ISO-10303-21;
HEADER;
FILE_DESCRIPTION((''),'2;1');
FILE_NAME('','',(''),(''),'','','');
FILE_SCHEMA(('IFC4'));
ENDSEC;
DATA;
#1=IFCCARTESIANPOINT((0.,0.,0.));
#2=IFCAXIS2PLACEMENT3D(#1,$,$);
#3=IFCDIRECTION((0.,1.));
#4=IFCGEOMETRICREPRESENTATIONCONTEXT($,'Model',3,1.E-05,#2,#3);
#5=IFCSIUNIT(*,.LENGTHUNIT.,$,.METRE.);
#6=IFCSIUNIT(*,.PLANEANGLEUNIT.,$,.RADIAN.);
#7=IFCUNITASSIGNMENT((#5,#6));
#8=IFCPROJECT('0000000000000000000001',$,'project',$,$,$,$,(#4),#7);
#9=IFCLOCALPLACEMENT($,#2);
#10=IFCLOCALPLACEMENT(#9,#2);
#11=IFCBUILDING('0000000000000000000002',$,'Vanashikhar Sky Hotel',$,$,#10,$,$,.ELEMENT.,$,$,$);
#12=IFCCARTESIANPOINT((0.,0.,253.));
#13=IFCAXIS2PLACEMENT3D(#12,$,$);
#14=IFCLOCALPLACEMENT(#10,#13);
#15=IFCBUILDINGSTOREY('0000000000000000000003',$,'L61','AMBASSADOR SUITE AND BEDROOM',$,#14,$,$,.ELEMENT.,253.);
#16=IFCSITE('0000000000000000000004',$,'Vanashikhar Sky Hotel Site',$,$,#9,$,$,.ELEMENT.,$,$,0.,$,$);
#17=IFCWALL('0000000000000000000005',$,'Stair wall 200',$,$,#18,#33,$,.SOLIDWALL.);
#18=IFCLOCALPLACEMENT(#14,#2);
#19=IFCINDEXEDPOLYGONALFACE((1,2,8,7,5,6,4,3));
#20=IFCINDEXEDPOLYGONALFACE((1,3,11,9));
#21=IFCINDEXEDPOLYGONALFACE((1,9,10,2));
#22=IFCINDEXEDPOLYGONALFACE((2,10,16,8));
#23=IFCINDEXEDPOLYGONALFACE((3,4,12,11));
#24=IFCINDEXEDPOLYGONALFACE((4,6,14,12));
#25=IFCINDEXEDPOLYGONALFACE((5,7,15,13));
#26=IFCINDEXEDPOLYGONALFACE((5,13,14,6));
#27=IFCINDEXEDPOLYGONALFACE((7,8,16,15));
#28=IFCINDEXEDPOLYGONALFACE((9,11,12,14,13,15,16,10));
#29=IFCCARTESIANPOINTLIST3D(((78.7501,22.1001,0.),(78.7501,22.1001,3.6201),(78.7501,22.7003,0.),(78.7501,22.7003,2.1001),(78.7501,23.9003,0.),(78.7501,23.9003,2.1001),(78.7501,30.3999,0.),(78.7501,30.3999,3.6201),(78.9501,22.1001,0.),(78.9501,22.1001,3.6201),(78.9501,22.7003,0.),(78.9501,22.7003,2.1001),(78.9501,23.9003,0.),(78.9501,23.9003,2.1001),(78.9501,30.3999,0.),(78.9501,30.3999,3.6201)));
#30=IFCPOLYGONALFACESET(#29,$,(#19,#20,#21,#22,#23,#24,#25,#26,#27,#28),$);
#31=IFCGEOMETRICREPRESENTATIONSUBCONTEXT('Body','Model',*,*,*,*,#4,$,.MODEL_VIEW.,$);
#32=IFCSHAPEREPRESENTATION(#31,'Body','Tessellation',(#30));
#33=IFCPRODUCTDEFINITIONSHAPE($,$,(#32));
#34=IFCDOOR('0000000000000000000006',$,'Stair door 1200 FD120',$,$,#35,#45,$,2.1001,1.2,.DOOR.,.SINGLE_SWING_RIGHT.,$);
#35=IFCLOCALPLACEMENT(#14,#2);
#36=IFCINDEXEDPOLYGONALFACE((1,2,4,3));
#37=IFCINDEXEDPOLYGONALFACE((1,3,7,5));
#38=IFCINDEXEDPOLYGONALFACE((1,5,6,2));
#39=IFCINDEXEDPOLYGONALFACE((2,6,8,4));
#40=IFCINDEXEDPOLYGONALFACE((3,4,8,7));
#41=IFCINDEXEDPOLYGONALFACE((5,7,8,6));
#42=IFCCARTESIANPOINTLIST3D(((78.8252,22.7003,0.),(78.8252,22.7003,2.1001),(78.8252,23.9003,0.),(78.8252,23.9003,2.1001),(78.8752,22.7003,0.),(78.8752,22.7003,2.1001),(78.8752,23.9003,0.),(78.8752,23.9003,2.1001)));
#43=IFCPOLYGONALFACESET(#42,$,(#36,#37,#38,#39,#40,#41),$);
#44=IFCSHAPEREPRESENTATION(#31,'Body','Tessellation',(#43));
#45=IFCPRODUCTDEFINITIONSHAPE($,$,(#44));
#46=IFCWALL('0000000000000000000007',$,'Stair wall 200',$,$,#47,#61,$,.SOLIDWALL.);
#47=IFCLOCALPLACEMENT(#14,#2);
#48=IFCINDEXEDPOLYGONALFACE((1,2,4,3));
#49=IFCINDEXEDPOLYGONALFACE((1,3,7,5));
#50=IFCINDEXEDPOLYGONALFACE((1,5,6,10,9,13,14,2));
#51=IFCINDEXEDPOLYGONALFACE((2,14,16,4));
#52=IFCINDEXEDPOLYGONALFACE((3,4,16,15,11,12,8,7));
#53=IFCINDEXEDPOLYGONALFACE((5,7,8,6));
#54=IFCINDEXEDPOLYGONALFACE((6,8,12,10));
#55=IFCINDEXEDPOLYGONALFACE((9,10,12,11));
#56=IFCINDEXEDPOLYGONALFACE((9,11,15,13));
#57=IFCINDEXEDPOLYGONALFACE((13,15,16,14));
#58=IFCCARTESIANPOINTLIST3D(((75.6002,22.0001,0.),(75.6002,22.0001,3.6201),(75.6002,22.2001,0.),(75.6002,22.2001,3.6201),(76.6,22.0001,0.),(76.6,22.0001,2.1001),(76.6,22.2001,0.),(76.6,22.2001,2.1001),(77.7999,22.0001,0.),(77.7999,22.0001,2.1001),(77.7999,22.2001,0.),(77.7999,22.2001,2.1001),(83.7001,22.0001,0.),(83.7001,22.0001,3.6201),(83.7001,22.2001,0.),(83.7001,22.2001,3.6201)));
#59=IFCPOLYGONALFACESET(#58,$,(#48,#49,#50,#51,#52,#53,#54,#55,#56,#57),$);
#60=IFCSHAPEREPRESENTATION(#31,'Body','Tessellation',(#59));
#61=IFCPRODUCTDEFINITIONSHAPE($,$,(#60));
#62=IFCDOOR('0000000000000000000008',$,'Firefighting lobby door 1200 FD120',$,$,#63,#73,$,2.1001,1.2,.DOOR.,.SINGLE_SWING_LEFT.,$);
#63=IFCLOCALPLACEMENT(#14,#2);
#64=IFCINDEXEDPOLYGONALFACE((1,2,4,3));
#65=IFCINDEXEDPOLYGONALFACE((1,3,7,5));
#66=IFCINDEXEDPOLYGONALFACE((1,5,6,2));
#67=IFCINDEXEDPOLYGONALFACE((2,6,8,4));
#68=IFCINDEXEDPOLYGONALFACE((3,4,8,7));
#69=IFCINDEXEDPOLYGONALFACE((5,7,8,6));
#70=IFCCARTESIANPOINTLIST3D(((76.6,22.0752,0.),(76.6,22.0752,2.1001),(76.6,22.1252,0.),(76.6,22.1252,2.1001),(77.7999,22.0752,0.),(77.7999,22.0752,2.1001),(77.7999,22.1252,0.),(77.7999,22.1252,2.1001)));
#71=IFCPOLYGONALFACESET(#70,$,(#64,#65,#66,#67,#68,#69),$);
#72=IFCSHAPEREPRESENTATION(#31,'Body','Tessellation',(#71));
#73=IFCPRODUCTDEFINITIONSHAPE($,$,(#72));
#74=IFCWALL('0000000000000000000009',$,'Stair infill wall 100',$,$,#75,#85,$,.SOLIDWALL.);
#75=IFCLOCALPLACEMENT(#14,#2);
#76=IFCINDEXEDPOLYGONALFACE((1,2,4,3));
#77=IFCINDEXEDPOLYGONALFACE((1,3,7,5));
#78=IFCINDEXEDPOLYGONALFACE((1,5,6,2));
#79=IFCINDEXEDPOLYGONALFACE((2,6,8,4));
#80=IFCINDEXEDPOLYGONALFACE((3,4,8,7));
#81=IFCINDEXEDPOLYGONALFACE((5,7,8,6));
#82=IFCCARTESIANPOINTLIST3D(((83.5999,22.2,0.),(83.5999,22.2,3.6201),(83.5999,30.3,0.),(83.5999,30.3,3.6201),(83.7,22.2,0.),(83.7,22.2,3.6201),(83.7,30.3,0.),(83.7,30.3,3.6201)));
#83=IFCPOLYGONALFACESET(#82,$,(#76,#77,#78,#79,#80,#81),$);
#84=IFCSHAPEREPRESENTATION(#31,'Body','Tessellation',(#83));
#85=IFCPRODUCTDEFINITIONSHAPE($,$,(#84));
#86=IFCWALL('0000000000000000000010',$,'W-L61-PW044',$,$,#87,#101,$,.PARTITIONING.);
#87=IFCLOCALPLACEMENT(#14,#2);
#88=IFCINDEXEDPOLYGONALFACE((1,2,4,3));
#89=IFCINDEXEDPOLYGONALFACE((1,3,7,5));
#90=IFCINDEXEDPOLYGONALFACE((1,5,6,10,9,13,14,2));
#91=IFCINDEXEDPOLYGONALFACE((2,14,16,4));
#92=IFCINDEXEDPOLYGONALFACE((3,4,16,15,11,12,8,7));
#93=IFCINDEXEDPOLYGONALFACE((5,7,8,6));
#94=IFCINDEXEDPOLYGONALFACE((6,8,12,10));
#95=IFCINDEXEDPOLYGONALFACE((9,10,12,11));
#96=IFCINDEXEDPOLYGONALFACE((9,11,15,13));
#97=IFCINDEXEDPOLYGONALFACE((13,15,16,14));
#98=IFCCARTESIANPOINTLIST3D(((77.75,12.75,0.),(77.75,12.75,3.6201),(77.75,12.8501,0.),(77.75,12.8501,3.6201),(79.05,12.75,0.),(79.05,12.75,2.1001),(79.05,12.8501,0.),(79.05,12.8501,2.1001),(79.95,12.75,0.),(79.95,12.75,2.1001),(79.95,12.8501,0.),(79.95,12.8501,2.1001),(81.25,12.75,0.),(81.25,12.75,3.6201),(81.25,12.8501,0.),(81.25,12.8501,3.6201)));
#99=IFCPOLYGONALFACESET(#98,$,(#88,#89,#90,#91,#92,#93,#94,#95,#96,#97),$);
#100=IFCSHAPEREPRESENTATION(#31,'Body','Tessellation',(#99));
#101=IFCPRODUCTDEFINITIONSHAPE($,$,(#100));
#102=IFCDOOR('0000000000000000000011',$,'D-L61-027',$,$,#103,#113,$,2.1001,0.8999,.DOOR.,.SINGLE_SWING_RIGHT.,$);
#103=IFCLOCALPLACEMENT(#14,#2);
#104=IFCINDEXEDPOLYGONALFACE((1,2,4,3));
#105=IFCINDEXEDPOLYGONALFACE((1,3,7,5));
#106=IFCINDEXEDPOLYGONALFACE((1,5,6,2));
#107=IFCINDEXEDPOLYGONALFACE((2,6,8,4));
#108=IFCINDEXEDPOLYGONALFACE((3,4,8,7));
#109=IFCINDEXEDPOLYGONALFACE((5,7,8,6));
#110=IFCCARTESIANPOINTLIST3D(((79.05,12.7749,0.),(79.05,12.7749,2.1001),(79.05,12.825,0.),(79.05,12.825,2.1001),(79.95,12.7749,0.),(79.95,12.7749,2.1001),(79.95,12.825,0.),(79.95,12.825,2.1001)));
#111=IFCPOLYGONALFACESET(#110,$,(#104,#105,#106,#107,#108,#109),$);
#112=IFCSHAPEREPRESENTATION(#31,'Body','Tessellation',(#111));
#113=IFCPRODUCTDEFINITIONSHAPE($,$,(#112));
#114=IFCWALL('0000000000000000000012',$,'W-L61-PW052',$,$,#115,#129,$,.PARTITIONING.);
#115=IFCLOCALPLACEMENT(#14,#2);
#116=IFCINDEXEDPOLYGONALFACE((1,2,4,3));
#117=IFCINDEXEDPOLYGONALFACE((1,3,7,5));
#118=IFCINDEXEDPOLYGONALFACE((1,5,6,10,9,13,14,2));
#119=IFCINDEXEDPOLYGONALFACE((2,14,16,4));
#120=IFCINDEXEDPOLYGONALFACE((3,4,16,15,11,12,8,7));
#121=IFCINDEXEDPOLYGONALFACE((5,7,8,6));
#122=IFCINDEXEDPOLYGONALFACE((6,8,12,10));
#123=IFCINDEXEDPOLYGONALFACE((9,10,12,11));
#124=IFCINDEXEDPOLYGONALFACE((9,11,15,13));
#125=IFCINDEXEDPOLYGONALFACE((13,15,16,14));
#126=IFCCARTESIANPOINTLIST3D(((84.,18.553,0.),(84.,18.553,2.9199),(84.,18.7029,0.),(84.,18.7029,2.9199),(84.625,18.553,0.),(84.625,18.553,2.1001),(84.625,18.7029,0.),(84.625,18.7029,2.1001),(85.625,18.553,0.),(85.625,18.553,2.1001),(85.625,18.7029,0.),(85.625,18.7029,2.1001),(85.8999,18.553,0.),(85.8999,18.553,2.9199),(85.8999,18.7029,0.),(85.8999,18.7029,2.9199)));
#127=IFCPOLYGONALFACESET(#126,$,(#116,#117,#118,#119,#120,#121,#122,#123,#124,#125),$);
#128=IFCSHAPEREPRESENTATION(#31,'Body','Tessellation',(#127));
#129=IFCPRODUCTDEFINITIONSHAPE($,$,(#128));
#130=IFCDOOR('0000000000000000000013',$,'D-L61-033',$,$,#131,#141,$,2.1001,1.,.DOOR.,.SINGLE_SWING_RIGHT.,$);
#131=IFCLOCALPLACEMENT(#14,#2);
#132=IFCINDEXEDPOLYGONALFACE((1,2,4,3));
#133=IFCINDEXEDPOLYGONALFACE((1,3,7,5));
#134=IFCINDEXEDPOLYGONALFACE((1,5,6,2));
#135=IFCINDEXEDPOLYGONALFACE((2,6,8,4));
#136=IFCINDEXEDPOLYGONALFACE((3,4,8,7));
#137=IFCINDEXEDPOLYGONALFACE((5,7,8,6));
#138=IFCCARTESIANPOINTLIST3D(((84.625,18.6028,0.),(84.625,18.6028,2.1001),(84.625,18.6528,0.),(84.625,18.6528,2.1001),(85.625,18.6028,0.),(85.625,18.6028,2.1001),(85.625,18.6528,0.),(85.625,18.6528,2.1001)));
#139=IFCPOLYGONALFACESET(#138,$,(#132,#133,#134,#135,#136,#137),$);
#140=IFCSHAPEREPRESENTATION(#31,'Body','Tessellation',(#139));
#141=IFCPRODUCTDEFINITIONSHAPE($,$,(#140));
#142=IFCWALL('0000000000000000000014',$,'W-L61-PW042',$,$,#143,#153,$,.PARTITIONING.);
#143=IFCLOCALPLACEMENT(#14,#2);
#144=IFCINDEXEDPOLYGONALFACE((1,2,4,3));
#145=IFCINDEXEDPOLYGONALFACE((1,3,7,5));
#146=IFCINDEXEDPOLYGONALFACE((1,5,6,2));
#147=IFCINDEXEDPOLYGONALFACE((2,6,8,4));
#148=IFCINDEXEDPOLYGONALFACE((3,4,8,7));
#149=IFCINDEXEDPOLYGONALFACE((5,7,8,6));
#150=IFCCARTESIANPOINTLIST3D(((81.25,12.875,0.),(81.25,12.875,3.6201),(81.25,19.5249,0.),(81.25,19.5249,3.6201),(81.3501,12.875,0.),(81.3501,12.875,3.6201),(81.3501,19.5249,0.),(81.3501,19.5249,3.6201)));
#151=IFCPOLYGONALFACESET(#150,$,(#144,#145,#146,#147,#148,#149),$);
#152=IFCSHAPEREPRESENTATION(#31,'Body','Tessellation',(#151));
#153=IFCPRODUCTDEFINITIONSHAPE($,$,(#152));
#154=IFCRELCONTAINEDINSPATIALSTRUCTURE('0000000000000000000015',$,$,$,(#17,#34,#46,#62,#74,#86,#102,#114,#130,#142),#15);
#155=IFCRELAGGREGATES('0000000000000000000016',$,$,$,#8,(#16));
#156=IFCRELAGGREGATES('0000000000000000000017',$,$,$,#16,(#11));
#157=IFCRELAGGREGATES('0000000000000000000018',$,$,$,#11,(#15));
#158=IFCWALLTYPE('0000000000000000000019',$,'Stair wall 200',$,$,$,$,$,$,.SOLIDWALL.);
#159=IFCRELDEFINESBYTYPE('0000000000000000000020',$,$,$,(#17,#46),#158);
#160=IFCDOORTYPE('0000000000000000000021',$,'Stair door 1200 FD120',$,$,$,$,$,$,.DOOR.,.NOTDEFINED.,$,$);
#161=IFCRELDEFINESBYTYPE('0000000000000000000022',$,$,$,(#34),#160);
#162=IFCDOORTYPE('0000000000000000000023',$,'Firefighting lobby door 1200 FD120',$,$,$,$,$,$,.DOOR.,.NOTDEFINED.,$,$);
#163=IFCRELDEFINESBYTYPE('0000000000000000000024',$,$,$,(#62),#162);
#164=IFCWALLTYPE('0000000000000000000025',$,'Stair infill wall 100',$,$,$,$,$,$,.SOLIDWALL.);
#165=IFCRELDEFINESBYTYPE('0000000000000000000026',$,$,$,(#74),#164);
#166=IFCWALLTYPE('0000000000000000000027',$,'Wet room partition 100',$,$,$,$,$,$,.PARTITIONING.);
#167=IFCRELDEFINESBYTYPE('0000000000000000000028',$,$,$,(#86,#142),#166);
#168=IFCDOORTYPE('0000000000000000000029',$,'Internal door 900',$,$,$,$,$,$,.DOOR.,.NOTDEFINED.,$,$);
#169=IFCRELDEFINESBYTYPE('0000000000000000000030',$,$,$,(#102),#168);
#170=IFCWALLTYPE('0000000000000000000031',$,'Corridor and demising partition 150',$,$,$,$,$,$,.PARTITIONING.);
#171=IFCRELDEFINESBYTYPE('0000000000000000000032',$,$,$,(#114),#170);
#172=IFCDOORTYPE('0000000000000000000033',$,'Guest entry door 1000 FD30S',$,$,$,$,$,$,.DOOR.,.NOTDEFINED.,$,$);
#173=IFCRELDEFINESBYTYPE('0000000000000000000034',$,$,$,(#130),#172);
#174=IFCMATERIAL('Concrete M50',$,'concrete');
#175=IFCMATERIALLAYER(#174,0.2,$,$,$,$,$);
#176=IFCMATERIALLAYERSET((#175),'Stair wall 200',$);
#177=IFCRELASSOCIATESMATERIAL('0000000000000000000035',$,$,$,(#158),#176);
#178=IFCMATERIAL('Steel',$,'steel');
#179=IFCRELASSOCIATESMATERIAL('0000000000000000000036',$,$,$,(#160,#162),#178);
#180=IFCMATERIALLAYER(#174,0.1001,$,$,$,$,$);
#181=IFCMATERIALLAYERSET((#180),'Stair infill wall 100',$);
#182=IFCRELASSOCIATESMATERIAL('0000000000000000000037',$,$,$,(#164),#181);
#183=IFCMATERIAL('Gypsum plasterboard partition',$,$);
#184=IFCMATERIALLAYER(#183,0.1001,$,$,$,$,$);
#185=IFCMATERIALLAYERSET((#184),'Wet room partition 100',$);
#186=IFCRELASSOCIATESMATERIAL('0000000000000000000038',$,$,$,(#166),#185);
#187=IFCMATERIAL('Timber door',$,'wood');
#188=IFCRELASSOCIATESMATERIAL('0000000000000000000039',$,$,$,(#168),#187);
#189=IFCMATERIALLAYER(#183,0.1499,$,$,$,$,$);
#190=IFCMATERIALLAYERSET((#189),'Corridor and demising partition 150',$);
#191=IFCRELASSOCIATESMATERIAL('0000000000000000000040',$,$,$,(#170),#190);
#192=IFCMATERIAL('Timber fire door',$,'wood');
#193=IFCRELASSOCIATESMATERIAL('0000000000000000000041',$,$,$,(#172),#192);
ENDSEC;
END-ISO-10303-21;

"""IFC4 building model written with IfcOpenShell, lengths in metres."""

from ifc_helpers import new_model, si_unit, direction, frame, frame_2d, origin, place, context, subcontext, project, spatial, rectangle, extrude, source, transform, mapped, material, layer, layer_set, type_object, element, fill, save


model = new_model("IFC4")

# Units and contexts
model_context = context("Model", 3, precision=1e-05, world=origin(), true_north=direction((0.0, 1.0)))
body_context = subcontext(model_context, "Body", "Model", "MODEL_VIEW")
ifc_project = project(units=[si_unit("LENGTHUNIT", "METRE"), si_unit("PLANEANGLEUNIT", "RADIAN")], contexts=[model_context])

# Site, building, storey
site_placement = place(None, origin())
site = spatial("IfcSite", under=ifc_project, at=site_placement, Name="Vanashikhar Sky Hotel Site", CompositionType="ELEMENT", RefElevation=0.0)
building_placement = place(site_placement, origin())
building = spatial("IfcBuilding", under=site, at=building_placement, Name="Vanashikhar Sky Hotel", CompositionType="ELEMENT")
storey_placement = place(building_placement, frame((0.0, 0.0, 253.0)))
storey = spatial("IfcBuildingStorey", under=building, at=storey_placement, Name="L61", Description="AMBASSADOR SUITE AND BEDROOM", CompositionType="ELEMENT", Elevation=253.0)

# Shared definitions
ifc_material_1 = material(Name="Concrete M50", Category="concrete")

# Walls, openings, doors
ifc_layer_1 = layer(ifc_material_1, 0.2)
ifc_layer_set_1 = layer_set([ifc_layer_1], Name="Stair wall 200")
wall_type_1 = type_object("IfcWallType", Name="Stair wall 200", PredefinedType="SOLIDWALL", material=ifc_layer_set_1)
shared_shape_1 = source(origin(), body_context, "Body", "SweptSolid", [
    extrude(rectangle(XDim=8.2998, YDim=0.2, at=frame_2d((4.1499, 0.0))), origin(), (0.0, 0.0, 1.0), 3.6201),
])
wall_1_placement = place(storey_placement, frame((78.8501, 22.1001, 0.0), z_axis=(0.0, 0.0, 1.0), x_axis=(0.0, 1.0, 0.0)))
wall_1 = element("IfcWall", 1, at=wall_1_placement, inside=storey, type_object=wall_type_1, Name="Stair wall 200", PredefinedType="SOLIDWALL", context=body_context, shape_type="MappedRepresentation", body=[
    mapped(shared_shape_1, transform((0.0, 0.0, 0.0), scale=1.0)),
])
shared_shape_2 = source(origin(), body_context, "Body", "SweptSolid", [
    extrude(rectangle(XDim=1.2, YDim=2.1001, at=frame_2d((0.6001, 1.05))), frame((0.0, 0.1099, 0.0), z_axis=(0.0, -1.0, 0.0), x_axis=(1.0, 0.0, 0.0)), (0.0, 0.0, 1.0), 0.22),
])
opening_1_placement = place(wall_1_placement, frame((0.6001, 0.0, 0.0)))
opening_1 = element("IfcOpeningElement", 2, at=opening_1_placement, cuts=wall_1, PredefinedType="OPENING", context=body_context, shape_type="MappedRepresentation", body=[
    mapped(shared_shape_2, transform((0.0, 0.0, 0.0), scale=1.0)),
])
ifc_material_2 = material(Name="Steel", Category="steel")
door_type_1 = type_object("IfcDoorType", Name="Stair door 1200 FD120", OperationType="NOTDEFINED", PredefinedType="DOOR", material=ifc_material_2)
shared_shape_3 = source(origin(), body_context, "Body", "SweptSolid", [
    extrude(rectangle(XDim=1.2, YDim=2.1001, at=frame_2d((0.6001, 1.05))), frame((0.0, 0.0249, 0.0), z_axis=(0.0, -1.0, 0.0), x_axis=(1.0, 0.0, 0.0)), (0.0, 0.0, 1.0), 0.05),
])
door_1_placement = place(opening_1_placement, origin())
door_1 = element("IfcDoor", 3, at=door_1_placement, inside=storey, type_object=door_type_1, Name="Stair door 1200 FD120", OperationType="SINGLE_SWING_RIGHT", OverallHeight=2.1001, OverallWidth=1.2, PredefinedType="DOOR", context=body_context, shape_type="MappedRepresentation", body=[
    mapped(shared_shape_3, transform((0.0, 0.0, 0.0), scale=1.0)),
])
fill(opening_1, door_1)
shared_shape_4 = source(origin(), body_context, "Body", "SweptSolid", [
    extrude(rectangle(XDim=8.0999, YDim=0.2, at=frame_2d((4.0498, 0.0))), origin(), (0.0, 0.0, 1.0), 3.6201),
])
wall_2_placement = place(storey_placement, frame((83.7, 22.1001, 0.0), z_axis=(0.0, 0.0, 1.0), x_axis=(-1.0, 0.0, 0.0)))
wall_2 = element("IfcWall", 4, at=wall_2_placement, inside=storey, type_object=wall_type_1, Name="Stair wall 200", PredefinedType="SOLIDWALL", context=body_context, shape_type="MappedRepresentation", body=[
    mapped(shared_shape_4, transform((0.0, 0.0, 0.0), scale=1.0)),
])
opening_2_placement = place(wall_2_placement, frame((5.8999, 0.0, 0.0)))
opening_2 = element("IfcOpeningElement", 5, at=opening_2_placement, cuts=wall_2, PredefinedType="OPENING", context=body_context, shape_type="MappedRepresentation", body=[
    mapped(shared_shape_2, transform((0.0, 0.0, 0.0), scale=1.0)),
])
door_type_2 = type_object("IfcDoorType", Name="Firefighting lobby door 1200 FD120", OperationType="NOTDEFINED", PredefinedType="DOOR", material=ifc_material_2)
door_2_placement = place(opening_2_placement, origin())
door_2 = element("IfcDoor", 6, at=door_2_placement, inside=storey, type_object=door_type_2, Name="Firefighting lobby door 1200 FD120", OperationType="SINGLE_SWING_LEFT", OverallHeight=2.1001, OverallWidth=1.2, PredefinedType="DOOR", context=body_context, shape_type="MappedRepresentation", body=[
    mapped(shared_shape_3, transform((0.0, 0.0, 0.0), scale=1.0)),
])
fill(opening_2, door_2)

# Wall
ifc_layer_2 = layer(ifc_material_1, 0.1001)
ifc_layer_set_2 = layer_set([ifc_layer_2], Name="Stair infill wall 100")
wall_type_2 = type_object("IfcWallType", Name="Stair infill wall 100", PredefinedType="SOLIDWALL", material=ifc_layer_set_2)
shared_shape_5 = source(origin(), body_context, "Body", "SweptSolid", [
    extrude(rectangle(XDim=8.1001, YDim=0.1001, at=frame_2d((4.05, 0.0))), origin(), (0.0, 0.0, 1.0), 3.6201),
])
wall_3_placement = place(storey_placement, frame((83.6499, 22.2, 0.0), z_axis=(0.0, 0.0, 1.0), x_axis=(0.0, 1.0, 0.0)))
element("IfcWall", 7, at=wall_3_placement, inside=storey, type_object=wall_type_2, Name="Stair infill wall 100", PredefinedType="SOLIDWALL", context=body_context, shape_type="MappedRepresentation", body=[
    mapped(shared_shape_5, transform((0.0, 0.0, 0.0), scale=1.0)),
])

# Walls, openings, doors
ifc_material_3 = material(Name="Gypsum plasterboard partition")
ifc_layer_3 = layer(ifc_material_3, 0.1001)
ifc_layer_set_3 = layer_set([ifc_layer_3], Name="Wet room partition 100")
wall_type_3 = type_object("IfcWallType", Name="Wet room partition 100", PredefinedType="PARTITIONING", material=ifc_layer_set_3)
shared_shape_6 = source(origin(), body_context, "Body", "SweptSolid", [
    extrude(rectangle(XDim=3.5, YDim=0.1001, at=frame_2d((1.75, 0.0))), origin(), (0.0, 0.0, 1.0), 3.6201),
])
wall_4_placement = place(storey_placement, frame((77.75, 12.8, 0.0), z_axis=(0.0, 0.0, 1.0), x_axis=(1.0, 0.0, 0.0)))
wall_4 = element("IfcWall", 8, at=wall_4_placement, inside=storey, type_object=wall_type_3, Name="W-L61-PW044", PredefinedType="PARTITIONING", context=body_context, shape_type="MappedRepresentation", body=[
    mapped(shared_shape_6, transform((0.0, 0.0, 0.0), scale=1.0)),
])
shared_shape_7 = source(origin(), body_context, "Body", "SweptSolid", [
    extrude(rectangle(XDim=0.8999, YDim=2.1001, at=frame_2d((0.45, 1.05))), frame((0.0, 0.0601, 0.0), z_axis=(0.0, -1.0, 0.0), x_axis=(1.0, 0.0, 0.0)), (0.0, 0.0, 1.0), 0.1201),
])
opening_3_placement = place(wall_4_placement, frame((1.3, 0.0, 0.0)))
opening_3 = element("IfcOpeningElement", 9, at=opening_3_placement, cuts=wall_4, PredefinedType="OPENING", context=body_context, shape_type="MappedRepresentation", body=[
    mapped(shared_shape_7, transform((0.0, 0.0, 0.0), scale=1.0)),
])
ifc_material_4 = material(Name="Timber door", Category="wood")
door_type_3 = type_object("IfcDoorType", Name="Internal door 900", OperationType="NOTDEFINED", PredefinedType="DOOR", material=ifc_material_4)
shared_shape_8 = source(origin(), body_context, "Body", "SweptSolid", [
    extrude(rectangle(XDim=0.8999, YDim=2.1001, at=frame_2d((0.45, 1.05))), frame((0.0, 0.0249, 0.0), z_axis=(0.0, -1.0, 0.0), x_axis=(1.0, 0.0, 0.0)), (0.0, 0.0, 1.0), 0.05),
])
door_3_placement = place(opening_3_placement, origin())
door_3 = element("IfcDoor", 10, at=door_3_placement, inside=storey, type_object=door_type_3, Name="D-L61-027", OperationType="SINGLE_SWING_RIGHT", OverallHeight=2.1001, OverallWidth=0.8999, PredefinedType="DOOR", context=body_context, shape_type="MappedRepresentation", body=[
    mapped(shared_shape_8, transform((0.0, 0.0, 0.0), scale=1.0)),
])
fill(opening_3, door_3)
ifc_layer_4 = layer(ifc_material_3, 0.1499)
ifc_layer_set_4 = layer_set([ifc_layer_4], Name="Corridor and demising partition 150")
wall_type_4 = type_object("IfcWallType", Name="Corridor and demising partition 150", PredefinedType="PARTITIONING", material=ifc_layer_set_4)
shared_shape_9 = source(origin(), body_context, "Body", "SweptSolid", [
    extrude(rectangle(XDim=1.8999, YDim=0.1499, at=frame_2d((0.95, 0.0))), origin(), (0.0, 0.0, 1.0), 2.9199),
])
wall_5_placement = place(storey_placement, frame((84.0, 18.6279, 0.0), z_axis=(0.0, 0.0, 1.0), x_axis=(1.0, 0.0, 0.0)))
wall_5 = element("IfcWall", 11, at=wall_5_placement, inside=storey, type_object=wall_type_4, Name="W-L61-PW052", PredefinedType="PARTITIONING", context=body_context, shape_type="MappedRepresentation", body=[
    mapped(shared_shape_9, transform((0.0, 0.0, 0.0), scale=1.0)),
])
shared_shape_10 = source(origin(), body_context, "Body", "SweptSolid", [
    extrude(rectangle(XDim=1.0, YDim=2.1001, at=frame_2d((0.5, 1.05))), frame((0.0, 0.085, 0.0), z_axis=(0.0, -1.0, 0.0), x_axis=(1.0, 0.0, 0.0)), (0.0, 0.0, 1.0), 0.1699),
])
opening_4_placement = place(wall_5_placement, frame((0.625, 0.0, 0.0)))
opening_4 = element("IfcOpeningElement", 12, at=opening_4_placement, cuts=wall_5, PredefinedType="OPENING", context=body_context, shape_type="MappedRepresentation", body=[
    mapped(shared_shape_10, transform((0.0, 0.0, 0.0), scale=1.0)),
])
ifc_material_5 = material(Name="Timber fire door", Category="wood")
door_type_4 = type_object("IfcDoorType", Name="Guest entry door 1000 FD30S", OperationType="NOTDEFINED", PredefinedType="DOOR", material=ifc_material_5)
shared_shape_11 = source(origin(), body_context, "Body", "SweptSolid", [
    extrude(rectangle(XDim=1.0, YDim=2.1001, at=frame_2d((0.5, 1.05))), frame((0.0, 0.0249, 0.0), z_axis=(0.0, -1.0, 0.0), x_axis=(1.0, 0.0, 0.0)), (0.0, 0.0, 1.0), 0.05),
])
door_4_placement = place(opening_4_placement, origin())
door_4 = element("IfcDoor", 13, at=door_4_placement, inside=storey, type_object=door_type_4, Name="D-L61-033", OperationType="SINGLE_SWING_RIGHT", OverallHeight=2.1001, OverallWidth=1.0, PredefinedType="DOOR", context=body_context, shape_type="MappedRepresentation", body=[
    mapped(shared_shape_11, transform((0.0, 0.0, 0.0), scale=1.0)),
])
fill(opening_4, door_4)

# Wall
shared_shape_12 = source(origin(), body_context, "Body", "SweptSolid", [
    extrude(rectangle(XDim=6.6499, YDim=0.1001, at=frame_2d((3.325, 0.0))), origin(), (0.0, 0.0, 1.0), 3.6201),
])
wall_6_placement = place(storey_placement, frame((81.3, 12.875, 0.0), z_axis=(0.0, 0.0, 1.0), x_axis=(0.0, 1.0, 0.0)))
element("IfcWall", 14, at=wall_6_placement, inside=storey, type_object=wall_type_3, Name="W-L61-PW042", PredefinedType="PARTITIONING", context=body_context, shape_type="MappedRepresentation", body=[
    mapped(shared_shape_12, transform((0.0, 0.0, 0.0), scale=1.0)),
])

save(model, "model.ifc")
